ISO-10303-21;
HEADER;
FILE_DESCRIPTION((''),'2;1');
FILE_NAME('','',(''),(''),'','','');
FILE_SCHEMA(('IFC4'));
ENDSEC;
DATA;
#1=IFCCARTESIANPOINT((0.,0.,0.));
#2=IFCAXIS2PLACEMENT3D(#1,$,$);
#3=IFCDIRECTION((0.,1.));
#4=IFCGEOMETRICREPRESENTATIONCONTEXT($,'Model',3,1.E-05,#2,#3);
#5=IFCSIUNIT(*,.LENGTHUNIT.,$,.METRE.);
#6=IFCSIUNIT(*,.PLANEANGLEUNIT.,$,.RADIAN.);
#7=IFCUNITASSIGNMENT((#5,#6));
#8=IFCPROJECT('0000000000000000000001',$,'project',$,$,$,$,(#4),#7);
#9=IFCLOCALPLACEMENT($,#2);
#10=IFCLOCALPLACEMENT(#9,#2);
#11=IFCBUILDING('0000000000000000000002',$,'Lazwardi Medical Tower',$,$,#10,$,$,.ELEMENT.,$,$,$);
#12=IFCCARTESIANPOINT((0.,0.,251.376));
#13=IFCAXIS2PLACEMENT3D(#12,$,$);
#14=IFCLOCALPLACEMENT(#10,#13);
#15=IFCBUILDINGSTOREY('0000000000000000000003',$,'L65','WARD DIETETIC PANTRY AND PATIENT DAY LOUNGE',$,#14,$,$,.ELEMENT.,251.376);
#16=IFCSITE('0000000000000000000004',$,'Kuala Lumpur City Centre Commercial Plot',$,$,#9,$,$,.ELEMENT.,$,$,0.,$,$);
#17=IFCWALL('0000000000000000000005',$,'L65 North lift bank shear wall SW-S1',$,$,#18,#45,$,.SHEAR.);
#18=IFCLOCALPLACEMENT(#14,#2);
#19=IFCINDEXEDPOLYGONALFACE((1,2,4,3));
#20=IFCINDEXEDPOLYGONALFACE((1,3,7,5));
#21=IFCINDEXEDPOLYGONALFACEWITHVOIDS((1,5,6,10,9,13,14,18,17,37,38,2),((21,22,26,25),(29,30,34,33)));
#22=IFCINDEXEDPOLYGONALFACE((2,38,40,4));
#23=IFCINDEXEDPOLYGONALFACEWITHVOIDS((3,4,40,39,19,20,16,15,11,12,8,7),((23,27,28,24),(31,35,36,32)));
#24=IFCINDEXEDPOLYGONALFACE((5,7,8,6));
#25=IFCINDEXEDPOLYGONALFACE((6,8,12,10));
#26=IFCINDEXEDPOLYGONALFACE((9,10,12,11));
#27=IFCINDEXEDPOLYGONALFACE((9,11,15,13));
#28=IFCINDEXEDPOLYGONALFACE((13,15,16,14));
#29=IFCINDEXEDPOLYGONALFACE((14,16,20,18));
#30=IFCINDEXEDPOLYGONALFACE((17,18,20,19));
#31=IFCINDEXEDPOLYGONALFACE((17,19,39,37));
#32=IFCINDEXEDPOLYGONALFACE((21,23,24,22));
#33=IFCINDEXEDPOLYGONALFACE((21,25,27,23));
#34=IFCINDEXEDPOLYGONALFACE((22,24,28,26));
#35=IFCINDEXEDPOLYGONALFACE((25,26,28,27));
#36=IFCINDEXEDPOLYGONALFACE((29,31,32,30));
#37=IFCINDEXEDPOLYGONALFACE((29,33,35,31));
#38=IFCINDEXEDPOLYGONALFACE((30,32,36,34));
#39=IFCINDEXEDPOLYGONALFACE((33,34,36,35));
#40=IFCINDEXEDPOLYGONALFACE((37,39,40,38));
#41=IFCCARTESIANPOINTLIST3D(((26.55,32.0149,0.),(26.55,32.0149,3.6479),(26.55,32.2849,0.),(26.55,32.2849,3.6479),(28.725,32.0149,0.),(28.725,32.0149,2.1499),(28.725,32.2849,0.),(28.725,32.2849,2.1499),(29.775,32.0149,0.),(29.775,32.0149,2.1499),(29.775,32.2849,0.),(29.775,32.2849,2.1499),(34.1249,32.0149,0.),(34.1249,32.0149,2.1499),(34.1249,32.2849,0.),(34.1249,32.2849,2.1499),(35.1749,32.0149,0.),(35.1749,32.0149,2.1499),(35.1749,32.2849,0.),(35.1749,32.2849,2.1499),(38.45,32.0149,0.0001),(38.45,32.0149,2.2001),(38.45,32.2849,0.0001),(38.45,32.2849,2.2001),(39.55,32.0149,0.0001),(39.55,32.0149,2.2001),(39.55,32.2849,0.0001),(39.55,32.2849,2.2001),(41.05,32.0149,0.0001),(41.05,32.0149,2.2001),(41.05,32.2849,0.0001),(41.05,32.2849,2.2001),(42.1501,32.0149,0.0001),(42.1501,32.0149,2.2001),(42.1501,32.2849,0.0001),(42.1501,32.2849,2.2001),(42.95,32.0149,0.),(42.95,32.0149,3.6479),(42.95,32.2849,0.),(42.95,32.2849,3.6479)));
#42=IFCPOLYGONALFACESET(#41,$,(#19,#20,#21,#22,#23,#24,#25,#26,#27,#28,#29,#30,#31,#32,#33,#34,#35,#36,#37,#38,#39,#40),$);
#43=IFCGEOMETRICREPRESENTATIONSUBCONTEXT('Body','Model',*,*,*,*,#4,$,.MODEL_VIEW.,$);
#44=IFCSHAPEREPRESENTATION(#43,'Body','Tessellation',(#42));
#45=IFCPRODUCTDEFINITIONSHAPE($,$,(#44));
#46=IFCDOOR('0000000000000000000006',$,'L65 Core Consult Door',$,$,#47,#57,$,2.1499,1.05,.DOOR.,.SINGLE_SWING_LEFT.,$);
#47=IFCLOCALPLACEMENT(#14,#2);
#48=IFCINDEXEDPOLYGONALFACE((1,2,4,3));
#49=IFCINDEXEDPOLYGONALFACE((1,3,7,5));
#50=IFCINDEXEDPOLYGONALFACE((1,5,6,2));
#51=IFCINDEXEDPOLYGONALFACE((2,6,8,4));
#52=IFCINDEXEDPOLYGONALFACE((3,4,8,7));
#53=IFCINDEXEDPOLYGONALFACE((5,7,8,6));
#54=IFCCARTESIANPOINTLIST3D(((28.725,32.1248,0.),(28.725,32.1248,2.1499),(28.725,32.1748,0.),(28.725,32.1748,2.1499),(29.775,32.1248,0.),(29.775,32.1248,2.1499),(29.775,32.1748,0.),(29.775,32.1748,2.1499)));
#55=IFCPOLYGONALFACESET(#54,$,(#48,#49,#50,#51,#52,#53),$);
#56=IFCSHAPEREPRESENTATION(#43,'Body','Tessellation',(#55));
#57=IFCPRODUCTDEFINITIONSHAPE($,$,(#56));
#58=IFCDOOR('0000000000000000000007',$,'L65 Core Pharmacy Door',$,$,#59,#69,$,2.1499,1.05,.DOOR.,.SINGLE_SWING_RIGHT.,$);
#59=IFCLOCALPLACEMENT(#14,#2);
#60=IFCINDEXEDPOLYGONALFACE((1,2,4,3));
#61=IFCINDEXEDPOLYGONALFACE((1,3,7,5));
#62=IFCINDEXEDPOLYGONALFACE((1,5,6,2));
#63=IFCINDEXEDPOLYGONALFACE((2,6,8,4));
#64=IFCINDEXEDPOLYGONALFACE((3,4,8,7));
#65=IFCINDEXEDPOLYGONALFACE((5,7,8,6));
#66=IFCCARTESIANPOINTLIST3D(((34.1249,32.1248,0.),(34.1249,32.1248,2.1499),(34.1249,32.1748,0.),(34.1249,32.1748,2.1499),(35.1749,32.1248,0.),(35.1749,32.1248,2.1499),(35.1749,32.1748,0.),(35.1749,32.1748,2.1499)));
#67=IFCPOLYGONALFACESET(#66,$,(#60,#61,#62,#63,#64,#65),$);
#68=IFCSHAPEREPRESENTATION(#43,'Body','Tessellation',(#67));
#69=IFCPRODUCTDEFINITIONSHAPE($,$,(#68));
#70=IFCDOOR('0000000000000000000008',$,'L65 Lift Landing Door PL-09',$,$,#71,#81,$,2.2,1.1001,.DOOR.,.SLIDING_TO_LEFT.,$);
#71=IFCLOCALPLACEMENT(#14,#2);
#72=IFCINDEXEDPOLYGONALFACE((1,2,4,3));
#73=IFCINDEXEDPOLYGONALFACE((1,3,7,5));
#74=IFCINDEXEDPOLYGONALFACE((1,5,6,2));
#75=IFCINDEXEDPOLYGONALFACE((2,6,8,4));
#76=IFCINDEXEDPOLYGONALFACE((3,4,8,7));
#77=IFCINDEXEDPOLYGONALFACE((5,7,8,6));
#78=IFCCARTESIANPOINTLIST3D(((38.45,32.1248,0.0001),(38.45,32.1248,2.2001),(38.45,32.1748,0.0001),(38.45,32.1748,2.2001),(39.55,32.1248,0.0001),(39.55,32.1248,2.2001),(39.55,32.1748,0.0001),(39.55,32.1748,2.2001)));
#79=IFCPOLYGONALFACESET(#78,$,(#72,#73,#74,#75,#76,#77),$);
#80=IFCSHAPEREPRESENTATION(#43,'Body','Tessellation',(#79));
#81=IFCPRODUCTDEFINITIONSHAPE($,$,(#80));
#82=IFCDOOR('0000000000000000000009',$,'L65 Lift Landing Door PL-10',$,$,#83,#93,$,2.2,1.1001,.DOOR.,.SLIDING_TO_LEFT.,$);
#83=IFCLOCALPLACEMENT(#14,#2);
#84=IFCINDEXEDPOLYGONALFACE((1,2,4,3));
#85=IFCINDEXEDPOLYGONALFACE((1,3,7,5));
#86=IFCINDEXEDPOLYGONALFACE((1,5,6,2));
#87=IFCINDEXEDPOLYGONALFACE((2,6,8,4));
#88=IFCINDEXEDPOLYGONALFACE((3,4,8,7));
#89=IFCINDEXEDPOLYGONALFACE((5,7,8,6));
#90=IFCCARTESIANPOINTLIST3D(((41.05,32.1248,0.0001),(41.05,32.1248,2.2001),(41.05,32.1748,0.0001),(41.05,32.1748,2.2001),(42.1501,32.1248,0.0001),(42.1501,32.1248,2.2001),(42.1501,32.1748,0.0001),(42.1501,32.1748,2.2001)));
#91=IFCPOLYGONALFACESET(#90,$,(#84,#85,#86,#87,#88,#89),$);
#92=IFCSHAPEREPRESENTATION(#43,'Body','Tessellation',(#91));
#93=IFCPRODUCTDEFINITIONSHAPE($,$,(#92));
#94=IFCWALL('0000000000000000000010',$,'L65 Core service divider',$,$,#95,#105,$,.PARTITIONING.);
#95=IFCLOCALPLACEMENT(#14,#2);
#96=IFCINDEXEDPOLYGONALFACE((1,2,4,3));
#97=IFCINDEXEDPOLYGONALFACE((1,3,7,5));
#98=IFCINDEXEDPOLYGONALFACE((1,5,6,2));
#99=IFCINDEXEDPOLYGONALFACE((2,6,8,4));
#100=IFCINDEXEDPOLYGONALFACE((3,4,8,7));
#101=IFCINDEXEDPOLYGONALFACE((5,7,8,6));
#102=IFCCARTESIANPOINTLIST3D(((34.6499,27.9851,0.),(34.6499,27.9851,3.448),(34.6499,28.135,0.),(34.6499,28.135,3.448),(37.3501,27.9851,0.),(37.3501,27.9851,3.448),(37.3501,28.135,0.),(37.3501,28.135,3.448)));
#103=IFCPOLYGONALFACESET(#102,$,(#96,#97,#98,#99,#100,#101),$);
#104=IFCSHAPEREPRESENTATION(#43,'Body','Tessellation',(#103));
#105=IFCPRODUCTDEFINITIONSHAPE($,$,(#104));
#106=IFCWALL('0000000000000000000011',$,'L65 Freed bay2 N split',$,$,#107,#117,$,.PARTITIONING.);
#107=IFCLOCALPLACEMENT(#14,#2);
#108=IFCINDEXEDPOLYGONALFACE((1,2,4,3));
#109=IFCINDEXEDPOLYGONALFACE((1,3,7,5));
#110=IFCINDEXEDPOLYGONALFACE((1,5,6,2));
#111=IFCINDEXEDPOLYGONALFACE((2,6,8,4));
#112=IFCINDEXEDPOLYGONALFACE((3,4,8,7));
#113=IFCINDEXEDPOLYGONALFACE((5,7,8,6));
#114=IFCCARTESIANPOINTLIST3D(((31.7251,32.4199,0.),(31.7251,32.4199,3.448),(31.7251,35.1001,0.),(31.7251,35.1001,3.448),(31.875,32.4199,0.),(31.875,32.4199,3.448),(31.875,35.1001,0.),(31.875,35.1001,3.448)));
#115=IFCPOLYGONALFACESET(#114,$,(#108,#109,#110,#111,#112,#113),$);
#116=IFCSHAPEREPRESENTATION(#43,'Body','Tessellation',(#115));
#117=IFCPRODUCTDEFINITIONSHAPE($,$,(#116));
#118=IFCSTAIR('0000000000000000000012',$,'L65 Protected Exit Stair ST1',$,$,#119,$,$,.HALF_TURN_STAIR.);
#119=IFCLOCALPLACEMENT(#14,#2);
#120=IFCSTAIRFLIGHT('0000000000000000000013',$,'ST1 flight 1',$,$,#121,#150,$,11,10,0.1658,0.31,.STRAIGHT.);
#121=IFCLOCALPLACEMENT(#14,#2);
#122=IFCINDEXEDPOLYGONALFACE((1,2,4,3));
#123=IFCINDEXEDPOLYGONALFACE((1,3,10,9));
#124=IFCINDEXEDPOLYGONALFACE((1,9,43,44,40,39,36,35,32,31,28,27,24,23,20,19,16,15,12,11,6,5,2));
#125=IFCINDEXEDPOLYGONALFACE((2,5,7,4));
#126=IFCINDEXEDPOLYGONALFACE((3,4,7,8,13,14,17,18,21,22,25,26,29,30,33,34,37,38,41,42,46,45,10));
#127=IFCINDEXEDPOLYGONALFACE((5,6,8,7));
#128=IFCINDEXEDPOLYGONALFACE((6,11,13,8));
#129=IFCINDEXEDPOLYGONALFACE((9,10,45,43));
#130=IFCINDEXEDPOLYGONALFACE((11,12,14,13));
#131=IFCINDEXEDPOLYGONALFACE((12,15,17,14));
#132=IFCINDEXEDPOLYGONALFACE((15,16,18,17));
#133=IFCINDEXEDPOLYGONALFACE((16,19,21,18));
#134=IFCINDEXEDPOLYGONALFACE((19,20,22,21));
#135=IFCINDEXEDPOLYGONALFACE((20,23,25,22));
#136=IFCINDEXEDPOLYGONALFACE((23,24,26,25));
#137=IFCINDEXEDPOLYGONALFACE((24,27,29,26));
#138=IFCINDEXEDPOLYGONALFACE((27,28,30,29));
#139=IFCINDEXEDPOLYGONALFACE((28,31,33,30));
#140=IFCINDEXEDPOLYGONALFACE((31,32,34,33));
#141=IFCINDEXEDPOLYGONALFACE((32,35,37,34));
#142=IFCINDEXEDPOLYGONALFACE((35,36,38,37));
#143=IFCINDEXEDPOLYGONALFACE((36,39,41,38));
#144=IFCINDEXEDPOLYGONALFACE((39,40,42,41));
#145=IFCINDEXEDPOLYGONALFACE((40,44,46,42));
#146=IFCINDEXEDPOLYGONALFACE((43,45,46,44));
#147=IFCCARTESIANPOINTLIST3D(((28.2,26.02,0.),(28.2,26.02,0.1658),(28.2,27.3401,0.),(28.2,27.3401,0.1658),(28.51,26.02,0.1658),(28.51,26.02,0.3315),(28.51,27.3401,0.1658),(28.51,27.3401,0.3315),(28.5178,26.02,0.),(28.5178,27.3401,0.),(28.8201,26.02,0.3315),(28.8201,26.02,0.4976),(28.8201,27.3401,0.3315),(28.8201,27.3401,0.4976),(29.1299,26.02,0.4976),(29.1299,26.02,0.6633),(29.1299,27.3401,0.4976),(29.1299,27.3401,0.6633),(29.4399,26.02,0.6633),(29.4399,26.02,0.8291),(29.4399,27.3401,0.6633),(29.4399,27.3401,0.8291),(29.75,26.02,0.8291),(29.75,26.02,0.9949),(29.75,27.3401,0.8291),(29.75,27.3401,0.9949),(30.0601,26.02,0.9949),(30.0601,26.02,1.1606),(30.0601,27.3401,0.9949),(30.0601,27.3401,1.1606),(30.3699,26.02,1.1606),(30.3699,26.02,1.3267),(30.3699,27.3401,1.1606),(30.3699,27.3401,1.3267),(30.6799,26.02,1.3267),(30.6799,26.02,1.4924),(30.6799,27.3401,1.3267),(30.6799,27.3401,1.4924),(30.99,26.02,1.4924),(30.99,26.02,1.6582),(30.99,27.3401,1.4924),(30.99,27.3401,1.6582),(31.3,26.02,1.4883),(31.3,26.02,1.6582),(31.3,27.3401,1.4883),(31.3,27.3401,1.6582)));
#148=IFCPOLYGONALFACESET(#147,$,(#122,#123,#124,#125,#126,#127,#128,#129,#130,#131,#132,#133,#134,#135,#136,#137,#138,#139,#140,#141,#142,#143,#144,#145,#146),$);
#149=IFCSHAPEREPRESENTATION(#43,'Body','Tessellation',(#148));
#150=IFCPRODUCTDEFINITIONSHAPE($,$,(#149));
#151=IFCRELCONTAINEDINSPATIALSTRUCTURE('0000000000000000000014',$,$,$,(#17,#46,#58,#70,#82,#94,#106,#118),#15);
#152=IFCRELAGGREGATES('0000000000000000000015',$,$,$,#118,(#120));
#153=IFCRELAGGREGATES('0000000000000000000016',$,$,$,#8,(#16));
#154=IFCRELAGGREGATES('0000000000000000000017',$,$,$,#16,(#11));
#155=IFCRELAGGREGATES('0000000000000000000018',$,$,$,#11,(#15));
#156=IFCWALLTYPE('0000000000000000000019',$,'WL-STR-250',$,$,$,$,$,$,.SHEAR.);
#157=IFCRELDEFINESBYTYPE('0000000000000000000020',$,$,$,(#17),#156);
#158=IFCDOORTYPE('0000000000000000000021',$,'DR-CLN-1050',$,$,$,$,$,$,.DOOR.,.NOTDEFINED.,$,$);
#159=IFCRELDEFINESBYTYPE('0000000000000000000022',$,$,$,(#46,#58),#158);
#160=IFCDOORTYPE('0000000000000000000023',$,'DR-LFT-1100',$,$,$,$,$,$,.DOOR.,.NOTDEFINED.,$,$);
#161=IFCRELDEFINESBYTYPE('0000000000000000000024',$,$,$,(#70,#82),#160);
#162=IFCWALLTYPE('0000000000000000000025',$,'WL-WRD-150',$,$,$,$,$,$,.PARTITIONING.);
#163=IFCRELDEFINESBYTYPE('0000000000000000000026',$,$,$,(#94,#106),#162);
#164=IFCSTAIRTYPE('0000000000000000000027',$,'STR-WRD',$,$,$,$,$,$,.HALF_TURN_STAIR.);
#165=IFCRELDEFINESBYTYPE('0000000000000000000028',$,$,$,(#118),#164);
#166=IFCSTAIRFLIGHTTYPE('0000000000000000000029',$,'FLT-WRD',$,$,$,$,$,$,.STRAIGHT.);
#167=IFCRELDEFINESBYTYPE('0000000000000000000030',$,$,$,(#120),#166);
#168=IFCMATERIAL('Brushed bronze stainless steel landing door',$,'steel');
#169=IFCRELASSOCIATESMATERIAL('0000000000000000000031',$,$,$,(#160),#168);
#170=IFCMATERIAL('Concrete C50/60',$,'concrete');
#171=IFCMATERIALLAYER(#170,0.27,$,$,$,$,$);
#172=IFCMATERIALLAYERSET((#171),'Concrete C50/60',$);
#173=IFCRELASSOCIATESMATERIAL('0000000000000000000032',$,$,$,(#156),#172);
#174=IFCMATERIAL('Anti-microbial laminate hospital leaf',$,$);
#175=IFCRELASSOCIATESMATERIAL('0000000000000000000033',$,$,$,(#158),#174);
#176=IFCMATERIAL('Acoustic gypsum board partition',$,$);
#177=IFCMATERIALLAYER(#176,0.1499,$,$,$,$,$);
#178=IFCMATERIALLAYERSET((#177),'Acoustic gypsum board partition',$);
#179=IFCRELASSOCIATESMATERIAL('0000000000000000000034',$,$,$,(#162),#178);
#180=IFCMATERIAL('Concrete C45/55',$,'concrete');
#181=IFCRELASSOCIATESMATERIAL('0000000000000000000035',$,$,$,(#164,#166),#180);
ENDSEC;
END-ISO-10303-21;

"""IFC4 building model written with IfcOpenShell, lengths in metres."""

from ifc_helpers import new_model, si_unit, direction, frame, frame_2d, origin, place, context, subcontext, project, spatial, polyline, rectangle, outline, extrude, material, layer, layer_set, type_object, element, fill, aggregate, save


model = new_model("IFC4")

# Units and contexts
model_context = context("Model", 3, precision=1e-05, world=origin(), true_north=direction((0.0, 1.0)))
body_context = subcontext(model_context, "Body", "Model", "MODEL_VIEW")
ifc_project = project(units=[si_unit("LENGTHUNIT", "METRE"), si_unit("PLANEANGLEUNIT", "RADIAN")], contexts=[model_context])

# Site, building, storey
site_placement = place(None, origin())
site = spatial("IfcSite", under=ifc_project, at=site_placement, Name="Kuala Lumpur City Centre Commercial Plot", CompositionType="ELEMENT", RefElevation=0.0)
building_placement = place(site_placement, origin())
building = spatial("IfcBuilding", under=site, at=building_placement, Name="Lazwardi Medical Tower", CompositionType="ELEMENT")
storey_placement = place(building_placement, frame((0.0, 0.0, 251.376)))
storey = spatial("IfcBuildingStorey", under=building, at=storey_placement, Name="L65", Description="WARD DIETETIC PANTRY AND PATIENT DAY LOUNGE", CompositionType="ELEMENT", Elevation=251.376)

# Shared definitions
ifc_material_1 = material(Name="Anti-microbial laminate hospital leaf")
ifc_material_2 = material(Name="Brushed bronze stainless steel landing door", Category="steel")
door_type_1 = type_object("IfcDoorType", Name="DR-LFT-1100", OperationType="NOTDEFINED", PredefinedType="DOOR", material=ifc_material_2)

# Shared definitions
ifc_material_3 = material(Name="Concrete C50/60", Category="concrete")
ifc_layer_1 = layer(ifc_material_3, 0.27)
ifc_layer_set_1 = layer_set([ifc_layer_1], Name="Concrete C50/60")
wall_type_1 = type_object("IfcWallType", Name="WL-STR-250", PredefinedType="SHEAR", material=ifc_layer_set_1)

# Shared definitions
door_type_2 = type_object("IfcDoorType", Name="DR-CLN-1050", OperationType="NOTDEFINED", PredefinedType="DOOR", material=ifc_material_1)

# Wall, openings, doors
wall_1_placement = place(storey_placement, frame((26.55, 32.1499, 0.0), z_axis=(0.0, 0.0, 1.0), x_axis=(1.0, 0.0, 0.0)))
wall_1 = element("IfcWall", 1, at=wall_1_placement, inside=storey, type_object=wall_type_1, Name="L65 North lift bank shear wall SW-S1", PredefinedType="SHEAR", context=body_context, shape_type="SweptSolid", body=[
    extrude(rectangle(XDim=16.3999, YDim=0.27, at=frame_2d((8.2, 0.0))), origin(), (0.0, 0.0, 1.0), 3.6479),
])
opening_1_placement = place(wall_1_placement, frame((2.175, 0.0, 0.0)))
opening_1 = element("IfcOpeningElement", 2, at=opening_1_placement, cuts=wall_1, PredefinedType="OPENING", context=body_context, shape_type="SweptSolid", body=[
    extrude(rectangle(XDim=1.05, YDim=2.1499, at=frame_2d((0.5249, 1.075))), frame((0.0, 0.145, 0.0), z_axis=(0.0, -1.0, 0.0), x_axis=(1.0, 0.0, 0.0)), (0.0, 0.0, 1.0), 0.29),
])
opening_2_placement = place(wall_1_placement, frame((7.575, 0.0, 0.0)))
opening_2 = element("IfcOpeningElement", 3, at=opening_2_placement, cuts=wall_1, PredefinedType="OPENING", context=body_context, shape_type="SweptSolid", body=[
    extrude(rectangle(XDim=1.05, YDim=2.1499, at=frame_2d((0.5249, 1.075))), frame((0.0, 0.145, 0.0), z_axis=(0.0, -1.0, 0.0), x_axis=(1.0, 0.0, 0.0)), (0.0, 0.0, 1.0), 0.29),
])
opening_3_placement = place(wall_1_placement, frame((11.8999, 0.0, 0.0)))
opening_3 = element("IfcOpeningElement", 4, at=opening_3_placement, cuts=wall_1, PredefinedType="OPENING", context=body_context, shape_type="SweptSolid", body=[
    extrude(rectangle(XDim=1.1001, YDim=2.2, at=frame_2d((0.55, 1.1001))), frame((0.0, 0.145, 0.0), z_axis=(0.0, -1.0, 0.0), x_axis=(1.0, 0.0, 0.0)), (0.0, 0.0, 1.0), 0.29),
])
opening_4_placement = place(wall_1_placement, frame((14.5, 0.0, 0.0)))
opening_4 = element("IfcOpeningElement", 5, at=opening_4_placement, cuts=wall_1, PredefinedType="OPENING", context=body_context, shape_type="SweptSolid", body=[
    extrude(rectangle(XDim=1.1001, YDim=2.2, at=frame_2d((0.55, 1.1001))), frame((0.0, 0.145, 0.0), z_axis=(0.0, -1.0, 0.0), x_axis=(1.0, 0.0, 0.0)), (0.0, 0.0, 1.0), 0.29),
])
door_1_placement = place(opening_1_placement, origin())
door_1 = element("IfcDoor", 6, at=door_1_placement, inside=storey, type_object=door_type_2, Name="L65 Core Consult Door", OperationType="SINGLE_SWING_LEFT", OverallHeight=2.1499, OverallWidth=1.05, PredefinedType="DOOR", context=body_context, shape_type="SweptSolid", body=[
    extrude(rectangle(XDim=1.05, YDim=2.1499, at=frame_2d((0.5249, 1.075))), frame((0.0, 0.0249, 0.0), z_axis=(0.0, -1.0, 0.0), x_axis=(1.0, 0.0, 0.0)), (0.0, 0.0, 1.0), 0.05),
])
fill(opening_1, door_1)
door_2_placement = place(opening_2_placement, origin())
door_2 = element("IfcDoor", 7, at=door_2_placement, inside=storey, type_object=door_type_2, Name="L65 Core Pharmacy Door", OperationType="SINGLE_SWING_RIGHT", OverallHeight=2.1499, OverallWidth=1.05, PredefinedType="DOOR", context=body_context, shape_type="SweptSolid", body=[
    extrude(rectangle(XDim=1.05, YDim=2.1499, at=frame_2d((0.5249, 1.075))), frame((0.0, 0.0249, 0.0), z_axis=(0.0, -1.0, 0.0), x_axis=(1.0, 0.0, 0.0)), (0.0, 0.0, 1.0), 0.05),
])
fill(opening_2, door_2)
door_3_placement = place(opening_3_placement, origin())
door_3 = element("IfcDoor", 8, at=door_3_placement, inside=storey, type_object=door_type_1, Name="L65 Lift Landing Door PL-09", OperationType="SLIDING_TO_LEFT", OverallHeight=2.2, OverallWidth=1.1001, PredefinedType="DOOR", context=body_context, shape_type="SweptSolid", body=[
    extrude(rectangle(XDim=1.1001, YDim=2.2, at=frame_2d((0.55, 1.1001))), frame((0.0, 0.0249, 0.0), z_axis=(0.0, -1.0, 0.0), x_axis=(1.0, 0.0, 0.0)), (0.0, 0.0, 1.0), 0.05),
])
fill(opening_3, door_3)
door_4_placement = place(opening_4_placement, origin())
door_4 = element("IfcDoor", 9, at=door_4_placement, inside=storey, type_object=door_type_1, Name="L65 Lift Landing Door PL-10", OperationType="SLIDING_TO_LEFT", OverallHeight=2.2, OverallWidth=1.1001, PredefinedType="DOOR", context=body_context, shape_type="SweptSolid", body=[
    extrude(rectangle(XDim=1.1001, YDim=2.2, at=frame_2d((0.55, 1.1001))), frame((0.0, 0.0249, 0.0), z_axis=(0.0, -1.0, 0.0), x_axis=(1.0, 0.0, 0.0)), (0.0, 0.0, 1.0), 0.05),
])
fill(opening_4, door_4)

# Walls
ifc_material_4 = material(Name="Acoustic gypsum board partition")
ifc_layer_2 = layer(ifc_material_4, 0.1499)
ifc_layer_set_2 = layer_set([ifc_layer_2], Name="Acoustic gypsum board partition")
wall_type_2 = type_object("IfcWallType", Name="WL-WRD-150", PredefinedType="PARTITIONING", material=ifc_layer_set_2)
wall_2_placement = place(storey_placement, frame((34.6499, 28.0601, 0.0), z_axis=(0.0, 0.0, 1.0), x_axis=(1.0, 0.0, 0.0)))
element("IfcWall", 10, at=wall_2_placement, inside=storey, type_object=wall_type_2, Name="L65 Core service divider", PredefinedType="PARTITIONING", context=body_context, shape_type="SweptSolid", body=[
    extrude(rectangle(XDim=2.7002, YDim=0.1499, at=frame_2d((1.3501, 0.0))), origin(), (0.0, 0.0, 1.0), 3.448),
])
wall_3_placement = place(storey_placement, frame((31.8, 32.4199, 0.0), z_axis=(0.0, 0.0, 1.0), x_axis=(0.0, 1.0, 0.0)))
element("IfcWall", 11, at=wall_3_placement, inside=storey, type_object=wall_type_2, Name="L65 Freed bay2 N split", PredefinedType="PARTITIONING", context=body_context, shape_type="SweptSolid", body=[
    extrude(rectangle(XDim=2.6802, YDim=0.1499, at=frame_2d((1.3401, 0.0))), origin(), (0.0, 0.0, 1.0), 3.448),
])

# Stair, stair flight
ifc_material_5 = material(Name="Concrete C45/55", Category="concrete")
stair_type = type_object("IfcStairType", Name="STR-WRD", PredefinedType="HALF_TURN_STAIR", material=ifc_material_5)
stair_placement = place(storey_placement, origin())
stair = element("IfcStair", 12, at=stair_placement, inside=storey, type_object=stair_type, Name="L65 Protected Exit Stair ST1", PredefinedType="HALF_TURN_STAIR")
stair_flight_type = type_object("IfcStairFlightType", Name="FLT-WRD", PredefinedType="STRAIGHT", material=ifc_material_5)
stair_flight_1_placement = place(storey_placement, frame((28.2, 26.6799, 0.0), z_axis=(0.0, 0.0, 1.0), x_axis=(1.0, 0.0, 0.0)))
stair_flight_1 = element("IfcStairFlight", 13, at=stair_flight_1_placement, type_object=stair_flight_type, Name="ST1 flight 1", NumberOfRisers=11, NumberOfTreads=10, PredefinedType="STRAIGHT", RiserHeight=0.1658, TreadLength=0.31, context=body_context, shape_type="SweptSolid", body=[
    extrude(outline(polyline([(0.0, 0.0), (0.0, 0.1658), (0.3101, 0.1658), (0.3101, 0.3315), (0.6201, 0.3315), (0.6201, 0.4976), (0.9299, 0.4976), (0.9299, 0.6633), (1.24, 0.6633), (1.24, 0.8291), (1.55, 0.8291), (1.55, 0.9949), (1.8601, 0.9949), (1.8601, 1.1606), (2.1699, 1.1606), (2.1699, 1.3267), (2.48, 1.3267), (2.48, 1.4924), (2.79, 1.4924), (2.79, 1.6582), (3.1001, 1.6582), (3.1001, 1.824), (3.1001, 1.4883), (0.3179, 0.0), (0.0, 0.0)])), frame((0.0, 0.6602, 0.0), z_axis=(0.0, -1.0, 0.0), x_axis=(1.0, 0.0, 0.0)), (0.0, 0.0, 1.0), 1.3201),
])
aggregate(stair, [stair_flight_1])

save(model, "model.ifc")
